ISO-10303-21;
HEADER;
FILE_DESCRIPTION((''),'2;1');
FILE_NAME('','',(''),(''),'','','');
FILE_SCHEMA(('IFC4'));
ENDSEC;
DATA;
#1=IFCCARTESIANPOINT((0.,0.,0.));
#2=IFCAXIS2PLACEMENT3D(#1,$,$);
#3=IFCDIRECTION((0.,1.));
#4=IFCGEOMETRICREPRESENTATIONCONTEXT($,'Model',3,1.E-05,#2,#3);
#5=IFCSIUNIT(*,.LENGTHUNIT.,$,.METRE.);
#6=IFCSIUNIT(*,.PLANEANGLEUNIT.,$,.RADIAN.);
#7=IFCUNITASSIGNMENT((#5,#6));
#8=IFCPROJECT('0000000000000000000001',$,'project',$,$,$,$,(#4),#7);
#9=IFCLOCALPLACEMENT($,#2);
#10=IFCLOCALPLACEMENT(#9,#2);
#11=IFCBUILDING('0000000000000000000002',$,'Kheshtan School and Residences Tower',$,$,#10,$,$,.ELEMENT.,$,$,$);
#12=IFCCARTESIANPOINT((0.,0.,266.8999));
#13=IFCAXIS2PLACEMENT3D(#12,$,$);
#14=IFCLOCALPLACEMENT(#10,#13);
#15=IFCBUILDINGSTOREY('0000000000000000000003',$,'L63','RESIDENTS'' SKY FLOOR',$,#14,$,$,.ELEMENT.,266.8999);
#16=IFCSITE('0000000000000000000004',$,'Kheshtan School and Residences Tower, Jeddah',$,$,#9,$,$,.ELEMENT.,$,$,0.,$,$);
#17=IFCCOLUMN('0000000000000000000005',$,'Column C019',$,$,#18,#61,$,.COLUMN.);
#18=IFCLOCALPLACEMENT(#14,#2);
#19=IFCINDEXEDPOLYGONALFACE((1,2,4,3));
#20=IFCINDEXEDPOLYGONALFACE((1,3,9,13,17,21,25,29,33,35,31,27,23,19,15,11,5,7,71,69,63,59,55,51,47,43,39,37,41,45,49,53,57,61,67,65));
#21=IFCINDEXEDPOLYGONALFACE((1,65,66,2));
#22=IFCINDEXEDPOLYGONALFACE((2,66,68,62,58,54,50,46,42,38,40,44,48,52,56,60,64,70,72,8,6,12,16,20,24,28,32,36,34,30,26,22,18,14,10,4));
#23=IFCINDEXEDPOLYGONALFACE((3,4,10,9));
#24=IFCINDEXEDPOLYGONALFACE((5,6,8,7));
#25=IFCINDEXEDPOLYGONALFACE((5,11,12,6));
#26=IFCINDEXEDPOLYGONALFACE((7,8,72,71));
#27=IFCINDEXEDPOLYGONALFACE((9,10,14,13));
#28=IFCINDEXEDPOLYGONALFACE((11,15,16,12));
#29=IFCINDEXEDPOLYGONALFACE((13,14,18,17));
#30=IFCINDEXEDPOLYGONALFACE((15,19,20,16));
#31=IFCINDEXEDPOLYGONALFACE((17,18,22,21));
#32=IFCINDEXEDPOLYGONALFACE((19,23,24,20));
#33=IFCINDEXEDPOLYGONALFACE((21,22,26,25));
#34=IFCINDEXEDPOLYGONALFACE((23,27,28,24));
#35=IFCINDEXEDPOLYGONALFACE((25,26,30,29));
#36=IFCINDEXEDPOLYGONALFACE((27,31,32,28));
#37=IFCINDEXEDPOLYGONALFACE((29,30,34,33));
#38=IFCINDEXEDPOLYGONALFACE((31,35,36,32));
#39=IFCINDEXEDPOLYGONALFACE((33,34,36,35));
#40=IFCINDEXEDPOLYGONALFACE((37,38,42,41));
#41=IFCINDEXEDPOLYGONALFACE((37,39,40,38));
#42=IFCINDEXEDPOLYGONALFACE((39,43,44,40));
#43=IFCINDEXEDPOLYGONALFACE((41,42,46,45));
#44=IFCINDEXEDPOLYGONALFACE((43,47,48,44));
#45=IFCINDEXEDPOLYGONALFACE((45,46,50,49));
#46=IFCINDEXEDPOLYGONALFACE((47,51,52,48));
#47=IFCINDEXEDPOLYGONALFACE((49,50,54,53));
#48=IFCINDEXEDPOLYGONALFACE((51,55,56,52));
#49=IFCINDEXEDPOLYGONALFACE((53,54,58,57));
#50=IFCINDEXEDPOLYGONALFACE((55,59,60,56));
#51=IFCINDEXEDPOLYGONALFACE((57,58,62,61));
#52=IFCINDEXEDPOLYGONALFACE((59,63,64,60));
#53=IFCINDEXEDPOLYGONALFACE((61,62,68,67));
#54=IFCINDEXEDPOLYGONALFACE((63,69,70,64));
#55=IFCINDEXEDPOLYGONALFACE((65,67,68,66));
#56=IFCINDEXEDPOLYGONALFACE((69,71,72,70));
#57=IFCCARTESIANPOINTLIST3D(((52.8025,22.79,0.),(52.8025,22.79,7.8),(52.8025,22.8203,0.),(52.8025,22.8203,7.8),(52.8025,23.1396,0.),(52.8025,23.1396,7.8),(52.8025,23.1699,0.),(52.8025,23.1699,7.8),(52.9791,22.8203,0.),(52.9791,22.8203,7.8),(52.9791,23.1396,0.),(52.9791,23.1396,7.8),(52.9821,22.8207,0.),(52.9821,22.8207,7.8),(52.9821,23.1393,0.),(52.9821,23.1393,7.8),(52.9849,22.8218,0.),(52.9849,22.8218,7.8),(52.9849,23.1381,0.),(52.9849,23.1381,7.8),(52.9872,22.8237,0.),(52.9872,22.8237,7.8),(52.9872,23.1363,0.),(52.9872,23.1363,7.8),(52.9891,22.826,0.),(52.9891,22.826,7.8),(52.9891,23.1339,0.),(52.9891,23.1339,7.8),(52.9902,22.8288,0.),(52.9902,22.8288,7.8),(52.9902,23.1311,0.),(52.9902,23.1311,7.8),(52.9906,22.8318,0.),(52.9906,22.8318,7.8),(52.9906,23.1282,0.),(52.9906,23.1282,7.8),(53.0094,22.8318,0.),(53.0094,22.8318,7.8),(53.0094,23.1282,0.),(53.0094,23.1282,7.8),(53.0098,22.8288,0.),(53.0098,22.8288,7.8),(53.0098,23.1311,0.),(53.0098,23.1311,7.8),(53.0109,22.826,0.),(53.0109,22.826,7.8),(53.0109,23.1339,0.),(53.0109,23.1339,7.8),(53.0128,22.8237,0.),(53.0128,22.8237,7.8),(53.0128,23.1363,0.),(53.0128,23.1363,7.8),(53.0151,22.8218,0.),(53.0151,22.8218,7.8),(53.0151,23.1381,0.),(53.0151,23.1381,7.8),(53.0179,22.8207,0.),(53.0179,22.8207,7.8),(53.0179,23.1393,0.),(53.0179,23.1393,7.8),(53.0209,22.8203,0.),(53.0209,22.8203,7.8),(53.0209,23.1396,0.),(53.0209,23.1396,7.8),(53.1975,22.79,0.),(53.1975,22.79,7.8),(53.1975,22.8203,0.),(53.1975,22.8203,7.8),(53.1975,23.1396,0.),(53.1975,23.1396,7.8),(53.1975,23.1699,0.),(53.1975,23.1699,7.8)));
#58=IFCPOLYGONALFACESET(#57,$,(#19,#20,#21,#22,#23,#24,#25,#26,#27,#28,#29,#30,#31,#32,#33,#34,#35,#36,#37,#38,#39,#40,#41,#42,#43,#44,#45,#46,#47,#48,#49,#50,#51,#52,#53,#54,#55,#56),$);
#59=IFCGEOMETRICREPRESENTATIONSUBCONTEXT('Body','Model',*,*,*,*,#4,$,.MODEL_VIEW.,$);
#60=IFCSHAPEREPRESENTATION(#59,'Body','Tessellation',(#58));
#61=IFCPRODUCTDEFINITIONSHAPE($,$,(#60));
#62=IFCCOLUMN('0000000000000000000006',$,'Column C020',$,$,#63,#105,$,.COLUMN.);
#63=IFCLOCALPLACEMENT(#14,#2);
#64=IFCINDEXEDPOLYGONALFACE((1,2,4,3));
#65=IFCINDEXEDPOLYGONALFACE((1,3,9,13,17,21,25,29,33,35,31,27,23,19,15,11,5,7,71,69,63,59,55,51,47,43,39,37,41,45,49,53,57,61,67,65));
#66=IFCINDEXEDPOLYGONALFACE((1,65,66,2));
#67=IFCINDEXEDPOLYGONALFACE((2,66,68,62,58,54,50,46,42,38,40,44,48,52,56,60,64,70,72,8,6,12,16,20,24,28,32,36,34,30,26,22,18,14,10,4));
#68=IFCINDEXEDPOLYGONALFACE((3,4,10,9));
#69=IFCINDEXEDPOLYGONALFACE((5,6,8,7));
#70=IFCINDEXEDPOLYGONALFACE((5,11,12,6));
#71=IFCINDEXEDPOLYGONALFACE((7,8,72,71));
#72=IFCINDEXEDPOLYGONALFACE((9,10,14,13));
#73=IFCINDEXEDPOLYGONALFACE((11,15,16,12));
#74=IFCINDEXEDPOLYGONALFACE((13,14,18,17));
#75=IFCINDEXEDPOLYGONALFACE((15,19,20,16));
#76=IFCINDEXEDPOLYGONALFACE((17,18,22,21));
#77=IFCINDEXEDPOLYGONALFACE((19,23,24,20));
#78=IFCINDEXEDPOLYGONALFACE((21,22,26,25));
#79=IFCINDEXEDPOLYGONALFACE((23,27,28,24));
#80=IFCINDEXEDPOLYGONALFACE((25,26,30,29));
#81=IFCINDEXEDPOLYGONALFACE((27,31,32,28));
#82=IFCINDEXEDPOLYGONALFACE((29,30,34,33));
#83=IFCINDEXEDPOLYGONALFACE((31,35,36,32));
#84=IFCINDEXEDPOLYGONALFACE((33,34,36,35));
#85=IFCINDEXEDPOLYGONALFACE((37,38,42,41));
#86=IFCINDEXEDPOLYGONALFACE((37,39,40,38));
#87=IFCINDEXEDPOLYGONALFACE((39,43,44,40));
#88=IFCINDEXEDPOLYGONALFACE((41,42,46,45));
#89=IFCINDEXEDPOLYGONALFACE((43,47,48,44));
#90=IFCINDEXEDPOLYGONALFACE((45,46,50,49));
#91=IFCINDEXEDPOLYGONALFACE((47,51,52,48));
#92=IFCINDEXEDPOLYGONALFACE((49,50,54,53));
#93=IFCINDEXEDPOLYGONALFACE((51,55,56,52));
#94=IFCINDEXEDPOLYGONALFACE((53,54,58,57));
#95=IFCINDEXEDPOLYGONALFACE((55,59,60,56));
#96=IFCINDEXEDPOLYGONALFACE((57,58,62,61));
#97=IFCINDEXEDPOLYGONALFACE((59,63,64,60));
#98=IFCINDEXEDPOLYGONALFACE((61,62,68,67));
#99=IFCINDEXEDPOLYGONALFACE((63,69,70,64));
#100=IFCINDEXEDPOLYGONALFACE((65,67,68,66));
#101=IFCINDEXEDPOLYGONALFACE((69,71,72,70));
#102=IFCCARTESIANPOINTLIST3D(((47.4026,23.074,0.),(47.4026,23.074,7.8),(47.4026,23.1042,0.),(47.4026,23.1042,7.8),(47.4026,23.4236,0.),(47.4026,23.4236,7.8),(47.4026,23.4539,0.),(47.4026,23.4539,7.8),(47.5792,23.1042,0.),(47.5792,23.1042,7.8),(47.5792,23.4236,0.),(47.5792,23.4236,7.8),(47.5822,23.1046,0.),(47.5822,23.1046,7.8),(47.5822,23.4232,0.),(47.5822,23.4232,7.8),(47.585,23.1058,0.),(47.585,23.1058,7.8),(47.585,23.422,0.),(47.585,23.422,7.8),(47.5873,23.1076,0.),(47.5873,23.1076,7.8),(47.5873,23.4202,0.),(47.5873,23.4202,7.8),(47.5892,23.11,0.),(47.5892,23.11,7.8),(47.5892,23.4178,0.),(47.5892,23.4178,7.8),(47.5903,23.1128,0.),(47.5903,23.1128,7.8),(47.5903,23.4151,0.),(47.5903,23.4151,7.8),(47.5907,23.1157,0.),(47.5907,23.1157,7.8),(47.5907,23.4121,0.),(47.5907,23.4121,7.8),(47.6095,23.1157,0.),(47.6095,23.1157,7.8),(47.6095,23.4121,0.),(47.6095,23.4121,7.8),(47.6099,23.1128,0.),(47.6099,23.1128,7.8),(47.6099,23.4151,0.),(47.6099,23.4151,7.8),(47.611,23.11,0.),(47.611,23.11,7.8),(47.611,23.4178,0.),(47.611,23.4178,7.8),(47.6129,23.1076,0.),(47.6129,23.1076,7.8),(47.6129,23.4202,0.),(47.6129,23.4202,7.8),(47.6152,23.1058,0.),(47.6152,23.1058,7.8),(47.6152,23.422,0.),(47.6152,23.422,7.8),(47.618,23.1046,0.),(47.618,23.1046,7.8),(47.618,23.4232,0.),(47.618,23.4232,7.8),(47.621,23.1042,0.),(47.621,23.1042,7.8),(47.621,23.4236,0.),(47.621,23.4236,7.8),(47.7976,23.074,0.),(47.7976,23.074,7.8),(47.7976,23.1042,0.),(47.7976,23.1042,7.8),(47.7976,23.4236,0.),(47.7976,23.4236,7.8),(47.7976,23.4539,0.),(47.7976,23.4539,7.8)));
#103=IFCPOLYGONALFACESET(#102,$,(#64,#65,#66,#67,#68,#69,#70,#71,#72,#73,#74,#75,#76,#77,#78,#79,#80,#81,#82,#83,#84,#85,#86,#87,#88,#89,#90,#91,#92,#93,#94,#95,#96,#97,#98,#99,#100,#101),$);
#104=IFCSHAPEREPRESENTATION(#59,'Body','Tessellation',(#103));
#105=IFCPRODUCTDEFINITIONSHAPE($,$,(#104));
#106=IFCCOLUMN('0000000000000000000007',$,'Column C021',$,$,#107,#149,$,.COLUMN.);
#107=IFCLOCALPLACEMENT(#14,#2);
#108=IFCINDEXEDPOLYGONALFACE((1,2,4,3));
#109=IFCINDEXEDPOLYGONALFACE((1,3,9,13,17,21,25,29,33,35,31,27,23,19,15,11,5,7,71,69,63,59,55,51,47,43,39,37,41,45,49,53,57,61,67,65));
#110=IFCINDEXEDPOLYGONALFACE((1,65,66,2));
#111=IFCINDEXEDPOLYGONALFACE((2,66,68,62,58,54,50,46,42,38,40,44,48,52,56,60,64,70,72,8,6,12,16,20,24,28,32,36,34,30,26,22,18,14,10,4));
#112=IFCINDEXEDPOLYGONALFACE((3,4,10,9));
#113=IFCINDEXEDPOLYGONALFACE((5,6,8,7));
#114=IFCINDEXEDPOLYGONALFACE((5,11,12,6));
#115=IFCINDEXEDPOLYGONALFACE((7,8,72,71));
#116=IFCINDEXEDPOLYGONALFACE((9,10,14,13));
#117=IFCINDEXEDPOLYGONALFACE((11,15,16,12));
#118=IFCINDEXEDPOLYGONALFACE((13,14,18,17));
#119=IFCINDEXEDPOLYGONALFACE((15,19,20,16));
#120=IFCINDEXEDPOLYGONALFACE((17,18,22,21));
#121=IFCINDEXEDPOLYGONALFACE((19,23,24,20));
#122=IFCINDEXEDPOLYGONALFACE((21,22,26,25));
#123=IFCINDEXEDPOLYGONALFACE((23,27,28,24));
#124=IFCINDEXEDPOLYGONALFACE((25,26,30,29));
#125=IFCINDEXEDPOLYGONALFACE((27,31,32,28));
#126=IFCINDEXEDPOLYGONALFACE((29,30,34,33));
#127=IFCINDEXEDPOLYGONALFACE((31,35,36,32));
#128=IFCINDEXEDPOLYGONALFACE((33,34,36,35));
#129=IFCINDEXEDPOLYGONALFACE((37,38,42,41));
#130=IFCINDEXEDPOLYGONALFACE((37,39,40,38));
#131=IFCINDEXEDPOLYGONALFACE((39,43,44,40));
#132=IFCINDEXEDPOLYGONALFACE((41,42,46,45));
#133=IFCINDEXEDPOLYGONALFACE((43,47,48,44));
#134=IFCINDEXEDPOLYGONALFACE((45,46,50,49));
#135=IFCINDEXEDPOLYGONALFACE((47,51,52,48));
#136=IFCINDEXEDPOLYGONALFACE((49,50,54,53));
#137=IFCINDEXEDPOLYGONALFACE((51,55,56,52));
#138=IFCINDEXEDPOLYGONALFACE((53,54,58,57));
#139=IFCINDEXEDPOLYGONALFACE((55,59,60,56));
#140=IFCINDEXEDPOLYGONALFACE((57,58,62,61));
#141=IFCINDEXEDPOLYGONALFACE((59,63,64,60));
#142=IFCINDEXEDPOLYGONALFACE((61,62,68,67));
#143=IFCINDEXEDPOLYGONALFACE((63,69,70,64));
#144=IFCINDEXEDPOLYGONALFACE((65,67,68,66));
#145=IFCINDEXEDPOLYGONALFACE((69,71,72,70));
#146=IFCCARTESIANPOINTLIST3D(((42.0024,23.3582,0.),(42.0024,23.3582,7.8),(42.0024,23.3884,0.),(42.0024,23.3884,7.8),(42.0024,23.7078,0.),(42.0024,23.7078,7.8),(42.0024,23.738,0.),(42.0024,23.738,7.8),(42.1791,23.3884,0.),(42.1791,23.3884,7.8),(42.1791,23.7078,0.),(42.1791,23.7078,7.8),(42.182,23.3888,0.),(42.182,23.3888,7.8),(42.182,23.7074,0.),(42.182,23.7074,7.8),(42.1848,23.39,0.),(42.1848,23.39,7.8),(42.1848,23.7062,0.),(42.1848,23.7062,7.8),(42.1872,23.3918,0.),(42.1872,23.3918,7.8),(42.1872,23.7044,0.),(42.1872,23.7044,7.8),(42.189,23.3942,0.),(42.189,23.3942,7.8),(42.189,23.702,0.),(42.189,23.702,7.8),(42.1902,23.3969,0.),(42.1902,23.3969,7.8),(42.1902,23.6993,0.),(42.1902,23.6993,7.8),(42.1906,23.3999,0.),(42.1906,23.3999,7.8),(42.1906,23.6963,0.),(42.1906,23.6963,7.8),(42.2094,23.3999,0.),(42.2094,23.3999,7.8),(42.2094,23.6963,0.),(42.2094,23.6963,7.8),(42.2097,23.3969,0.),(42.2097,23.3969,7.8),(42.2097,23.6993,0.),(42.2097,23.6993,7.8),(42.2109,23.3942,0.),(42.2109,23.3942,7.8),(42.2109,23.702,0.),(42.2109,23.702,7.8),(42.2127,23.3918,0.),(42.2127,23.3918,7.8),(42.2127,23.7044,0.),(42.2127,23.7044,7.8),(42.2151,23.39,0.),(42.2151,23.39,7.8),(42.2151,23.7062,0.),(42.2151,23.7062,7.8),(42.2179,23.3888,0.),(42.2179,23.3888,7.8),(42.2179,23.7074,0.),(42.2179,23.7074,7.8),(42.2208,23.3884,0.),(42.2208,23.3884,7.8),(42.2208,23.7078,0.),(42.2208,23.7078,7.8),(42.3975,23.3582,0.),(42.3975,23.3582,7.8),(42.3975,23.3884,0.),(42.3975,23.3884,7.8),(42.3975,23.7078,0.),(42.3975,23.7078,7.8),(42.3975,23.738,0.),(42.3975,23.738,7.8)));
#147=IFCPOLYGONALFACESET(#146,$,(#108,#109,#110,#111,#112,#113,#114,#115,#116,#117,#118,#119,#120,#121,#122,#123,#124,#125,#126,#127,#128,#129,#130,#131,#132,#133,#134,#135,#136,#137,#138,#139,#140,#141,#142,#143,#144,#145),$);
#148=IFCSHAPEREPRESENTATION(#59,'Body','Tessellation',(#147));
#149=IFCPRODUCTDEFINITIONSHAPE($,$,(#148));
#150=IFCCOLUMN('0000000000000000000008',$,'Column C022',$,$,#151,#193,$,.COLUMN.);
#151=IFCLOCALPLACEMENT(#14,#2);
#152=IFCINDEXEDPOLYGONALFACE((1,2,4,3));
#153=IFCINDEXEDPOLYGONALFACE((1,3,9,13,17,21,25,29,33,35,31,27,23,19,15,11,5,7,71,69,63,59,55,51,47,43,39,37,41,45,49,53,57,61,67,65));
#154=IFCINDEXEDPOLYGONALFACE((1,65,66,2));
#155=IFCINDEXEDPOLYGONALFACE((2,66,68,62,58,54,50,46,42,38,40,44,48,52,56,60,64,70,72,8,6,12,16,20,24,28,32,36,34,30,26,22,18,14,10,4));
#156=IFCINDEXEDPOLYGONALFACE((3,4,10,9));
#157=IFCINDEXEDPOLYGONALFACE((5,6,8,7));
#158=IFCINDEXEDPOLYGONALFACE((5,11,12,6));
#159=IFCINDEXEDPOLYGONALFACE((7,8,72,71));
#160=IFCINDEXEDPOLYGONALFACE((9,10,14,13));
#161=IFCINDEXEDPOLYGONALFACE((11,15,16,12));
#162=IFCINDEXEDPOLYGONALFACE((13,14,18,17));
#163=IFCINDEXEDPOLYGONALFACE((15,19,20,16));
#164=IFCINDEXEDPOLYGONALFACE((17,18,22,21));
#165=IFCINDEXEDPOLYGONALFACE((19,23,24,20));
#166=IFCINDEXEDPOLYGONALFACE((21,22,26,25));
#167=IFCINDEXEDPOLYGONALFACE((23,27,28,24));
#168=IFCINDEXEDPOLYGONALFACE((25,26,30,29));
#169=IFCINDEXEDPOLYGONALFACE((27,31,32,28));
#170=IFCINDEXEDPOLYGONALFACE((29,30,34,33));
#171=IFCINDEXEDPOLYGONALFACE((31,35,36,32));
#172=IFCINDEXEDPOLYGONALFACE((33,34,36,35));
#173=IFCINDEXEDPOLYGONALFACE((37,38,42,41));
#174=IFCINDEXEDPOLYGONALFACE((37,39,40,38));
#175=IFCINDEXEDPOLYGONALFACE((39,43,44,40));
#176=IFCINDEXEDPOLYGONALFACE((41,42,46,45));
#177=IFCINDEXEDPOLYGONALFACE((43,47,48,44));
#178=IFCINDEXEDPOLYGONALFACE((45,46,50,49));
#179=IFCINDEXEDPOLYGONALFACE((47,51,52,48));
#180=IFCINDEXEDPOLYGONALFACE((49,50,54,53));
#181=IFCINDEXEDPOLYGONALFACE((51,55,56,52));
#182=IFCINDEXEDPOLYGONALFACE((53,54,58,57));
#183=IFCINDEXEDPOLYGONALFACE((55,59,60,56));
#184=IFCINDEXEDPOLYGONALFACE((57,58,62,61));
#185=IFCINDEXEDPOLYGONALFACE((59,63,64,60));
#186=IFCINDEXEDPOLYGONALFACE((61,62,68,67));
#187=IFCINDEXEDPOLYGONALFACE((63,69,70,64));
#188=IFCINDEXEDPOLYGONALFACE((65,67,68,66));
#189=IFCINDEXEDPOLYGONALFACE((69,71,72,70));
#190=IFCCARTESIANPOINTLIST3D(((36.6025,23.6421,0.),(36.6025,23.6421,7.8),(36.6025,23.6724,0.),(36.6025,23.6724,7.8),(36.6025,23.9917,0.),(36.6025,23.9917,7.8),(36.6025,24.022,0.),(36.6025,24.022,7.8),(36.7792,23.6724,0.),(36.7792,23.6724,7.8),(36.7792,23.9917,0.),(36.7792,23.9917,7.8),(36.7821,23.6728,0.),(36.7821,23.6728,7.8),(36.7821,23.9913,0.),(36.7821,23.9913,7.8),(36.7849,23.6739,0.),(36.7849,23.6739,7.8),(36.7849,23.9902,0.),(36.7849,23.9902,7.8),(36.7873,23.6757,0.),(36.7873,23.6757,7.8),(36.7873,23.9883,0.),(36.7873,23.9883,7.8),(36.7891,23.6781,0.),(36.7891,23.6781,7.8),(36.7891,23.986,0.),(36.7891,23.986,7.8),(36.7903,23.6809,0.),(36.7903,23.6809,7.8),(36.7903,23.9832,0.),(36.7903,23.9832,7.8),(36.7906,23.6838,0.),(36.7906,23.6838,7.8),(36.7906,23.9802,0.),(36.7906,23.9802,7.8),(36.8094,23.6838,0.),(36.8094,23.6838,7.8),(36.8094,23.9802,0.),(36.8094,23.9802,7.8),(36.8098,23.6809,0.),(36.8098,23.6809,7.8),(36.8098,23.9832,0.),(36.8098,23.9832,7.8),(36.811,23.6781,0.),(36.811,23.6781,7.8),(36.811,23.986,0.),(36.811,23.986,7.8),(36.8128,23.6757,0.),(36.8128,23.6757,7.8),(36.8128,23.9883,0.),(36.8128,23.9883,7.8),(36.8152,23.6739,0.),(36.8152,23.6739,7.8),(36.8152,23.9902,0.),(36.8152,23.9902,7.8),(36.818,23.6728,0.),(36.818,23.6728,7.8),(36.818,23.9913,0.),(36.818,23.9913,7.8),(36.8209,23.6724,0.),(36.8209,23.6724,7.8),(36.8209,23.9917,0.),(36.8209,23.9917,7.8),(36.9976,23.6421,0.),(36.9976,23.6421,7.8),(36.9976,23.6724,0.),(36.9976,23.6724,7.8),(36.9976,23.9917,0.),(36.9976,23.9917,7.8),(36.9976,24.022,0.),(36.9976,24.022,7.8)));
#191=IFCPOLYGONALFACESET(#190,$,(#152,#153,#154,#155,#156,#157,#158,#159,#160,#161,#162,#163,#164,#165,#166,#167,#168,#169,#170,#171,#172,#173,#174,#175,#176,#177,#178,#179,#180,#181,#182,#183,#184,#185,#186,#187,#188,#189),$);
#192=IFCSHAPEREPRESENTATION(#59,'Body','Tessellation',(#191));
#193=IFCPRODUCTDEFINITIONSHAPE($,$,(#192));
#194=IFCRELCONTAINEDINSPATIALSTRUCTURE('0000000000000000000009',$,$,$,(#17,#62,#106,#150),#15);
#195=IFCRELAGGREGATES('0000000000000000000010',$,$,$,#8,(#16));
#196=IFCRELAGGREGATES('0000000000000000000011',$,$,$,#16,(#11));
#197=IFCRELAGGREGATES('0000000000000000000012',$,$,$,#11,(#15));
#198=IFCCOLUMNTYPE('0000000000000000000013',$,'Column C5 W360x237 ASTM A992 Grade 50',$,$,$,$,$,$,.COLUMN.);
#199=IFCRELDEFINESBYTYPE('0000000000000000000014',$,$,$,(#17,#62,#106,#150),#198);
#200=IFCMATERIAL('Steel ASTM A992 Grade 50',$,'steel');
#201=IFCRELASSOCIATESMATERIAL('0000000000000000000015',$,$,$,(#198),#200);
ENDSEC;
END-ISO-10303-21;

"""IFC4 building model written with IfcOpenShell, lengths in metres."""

from ifc_helpers import new_model, si_unit, direction, frame, origin, origin_2d, place, context, subcontext, project, spatial, i_section, extrude, material, material_profile, profile_set, type_object, element, save


model = new_model("IFC4")

# Units and contexts
model_context = context("Model", 3, precision=1e-05, world=origin(), true_north=direction((0.0, 1.0)))
body_context = subcontext(model_context, "Body", "Model", "MODEL_VIEW")
ifc_project = project(units=[si_unit("LENGTHUNIT", "METRE"), si_unit("PLANEANGLEUNIT", "RADIAN")], contexts=[model_context])

# Site, building, storey
site_placement = place(None, origin())
site = spatial("IfcSite", under=ifc_project, at=site_placement, Name="Kheshtan School and Residences Tower, Jeddah", CompositionType="ELEMENT", RefElevation=0.0)
building_placement = place(site_placement, origin())
building = spatial("IfcBuilding", under=site, at=building_placement, Name="Kheshtan School and Residences Tower", CompositionType="ELEMENT")
storey_placement = place(building_placement, frame((0.0, 0.0, 266.8999)))
storey = spatial("IfcBuildingStorey", under=building, at=storey_placement, Name="L63", Description="RESIDENTS' SKY FLOOR", CompositionType="ELEMENT", Elevation=266.8999)

# Columns
ifc_material_1 = material(Name="Steel ASTM A992 Grade 50", Category="steel")
ifc_material_profile_1 = material_profile(ifc_material_1, i_section(OverallWidth=0.395, OverallDepth=0.3799, WebThickness=0.0188, FlangeThickness=0.0303, FilletRadius=0.0115, at=origin_2d()), Name="W360x237")
ifc_profile_set_1 = profile_set([ifc_material_profile_1], Name="Steel ASTM A992 Grade 50")
column_type = type_object("IfcColumnType", Name="Column C5 W360x237 ASTM A992 Grade 50", PredefinedType="COLUMN", material=ifc_profile_set_1)
for number, where, z_axis, x_axis, name in (
    (1, (53.0, 22.98, 0.0), (0.0, 0.0, 1.0), (1.0, 0.0, 0.0), "Column C019"),
    (2, (47.6001, 23.2639, 0.0), (0.0, 0.0, 1.0), (1.0, 0.0, 0.0), "Column C020"),
    (3, (42.2, 23.5481, 0.0), (0.0, 0.0, 1.0), (1.0, 0.0, 0.0), "Column C021"),
    (4, (36.8, 23.832, 0.0), (0.0, 0.0, 1.0), (1.0, 0.0, 0.0), "Column C022"),
):
    element("IfcColumn", number, at=place(storey_placement, frame(where, z_axis=z_axis, x_axis=x_axis)), inside=storey, type_object=column_type, Name=name, PredefinedType="COLUMN", context=body_context, shape_type="SweptSolid", body=[
        extrude(i_section(OverallWidth=0.395, OverallDepth=0.3799, WebThickness=0.0188, FlangeThickness=0.0303, FilletRadius=0.0115, at=origin_2d()), origin(), (0.0, 0.0, 1.0), 7.8),
    ])

save(model, "model.ifc")
